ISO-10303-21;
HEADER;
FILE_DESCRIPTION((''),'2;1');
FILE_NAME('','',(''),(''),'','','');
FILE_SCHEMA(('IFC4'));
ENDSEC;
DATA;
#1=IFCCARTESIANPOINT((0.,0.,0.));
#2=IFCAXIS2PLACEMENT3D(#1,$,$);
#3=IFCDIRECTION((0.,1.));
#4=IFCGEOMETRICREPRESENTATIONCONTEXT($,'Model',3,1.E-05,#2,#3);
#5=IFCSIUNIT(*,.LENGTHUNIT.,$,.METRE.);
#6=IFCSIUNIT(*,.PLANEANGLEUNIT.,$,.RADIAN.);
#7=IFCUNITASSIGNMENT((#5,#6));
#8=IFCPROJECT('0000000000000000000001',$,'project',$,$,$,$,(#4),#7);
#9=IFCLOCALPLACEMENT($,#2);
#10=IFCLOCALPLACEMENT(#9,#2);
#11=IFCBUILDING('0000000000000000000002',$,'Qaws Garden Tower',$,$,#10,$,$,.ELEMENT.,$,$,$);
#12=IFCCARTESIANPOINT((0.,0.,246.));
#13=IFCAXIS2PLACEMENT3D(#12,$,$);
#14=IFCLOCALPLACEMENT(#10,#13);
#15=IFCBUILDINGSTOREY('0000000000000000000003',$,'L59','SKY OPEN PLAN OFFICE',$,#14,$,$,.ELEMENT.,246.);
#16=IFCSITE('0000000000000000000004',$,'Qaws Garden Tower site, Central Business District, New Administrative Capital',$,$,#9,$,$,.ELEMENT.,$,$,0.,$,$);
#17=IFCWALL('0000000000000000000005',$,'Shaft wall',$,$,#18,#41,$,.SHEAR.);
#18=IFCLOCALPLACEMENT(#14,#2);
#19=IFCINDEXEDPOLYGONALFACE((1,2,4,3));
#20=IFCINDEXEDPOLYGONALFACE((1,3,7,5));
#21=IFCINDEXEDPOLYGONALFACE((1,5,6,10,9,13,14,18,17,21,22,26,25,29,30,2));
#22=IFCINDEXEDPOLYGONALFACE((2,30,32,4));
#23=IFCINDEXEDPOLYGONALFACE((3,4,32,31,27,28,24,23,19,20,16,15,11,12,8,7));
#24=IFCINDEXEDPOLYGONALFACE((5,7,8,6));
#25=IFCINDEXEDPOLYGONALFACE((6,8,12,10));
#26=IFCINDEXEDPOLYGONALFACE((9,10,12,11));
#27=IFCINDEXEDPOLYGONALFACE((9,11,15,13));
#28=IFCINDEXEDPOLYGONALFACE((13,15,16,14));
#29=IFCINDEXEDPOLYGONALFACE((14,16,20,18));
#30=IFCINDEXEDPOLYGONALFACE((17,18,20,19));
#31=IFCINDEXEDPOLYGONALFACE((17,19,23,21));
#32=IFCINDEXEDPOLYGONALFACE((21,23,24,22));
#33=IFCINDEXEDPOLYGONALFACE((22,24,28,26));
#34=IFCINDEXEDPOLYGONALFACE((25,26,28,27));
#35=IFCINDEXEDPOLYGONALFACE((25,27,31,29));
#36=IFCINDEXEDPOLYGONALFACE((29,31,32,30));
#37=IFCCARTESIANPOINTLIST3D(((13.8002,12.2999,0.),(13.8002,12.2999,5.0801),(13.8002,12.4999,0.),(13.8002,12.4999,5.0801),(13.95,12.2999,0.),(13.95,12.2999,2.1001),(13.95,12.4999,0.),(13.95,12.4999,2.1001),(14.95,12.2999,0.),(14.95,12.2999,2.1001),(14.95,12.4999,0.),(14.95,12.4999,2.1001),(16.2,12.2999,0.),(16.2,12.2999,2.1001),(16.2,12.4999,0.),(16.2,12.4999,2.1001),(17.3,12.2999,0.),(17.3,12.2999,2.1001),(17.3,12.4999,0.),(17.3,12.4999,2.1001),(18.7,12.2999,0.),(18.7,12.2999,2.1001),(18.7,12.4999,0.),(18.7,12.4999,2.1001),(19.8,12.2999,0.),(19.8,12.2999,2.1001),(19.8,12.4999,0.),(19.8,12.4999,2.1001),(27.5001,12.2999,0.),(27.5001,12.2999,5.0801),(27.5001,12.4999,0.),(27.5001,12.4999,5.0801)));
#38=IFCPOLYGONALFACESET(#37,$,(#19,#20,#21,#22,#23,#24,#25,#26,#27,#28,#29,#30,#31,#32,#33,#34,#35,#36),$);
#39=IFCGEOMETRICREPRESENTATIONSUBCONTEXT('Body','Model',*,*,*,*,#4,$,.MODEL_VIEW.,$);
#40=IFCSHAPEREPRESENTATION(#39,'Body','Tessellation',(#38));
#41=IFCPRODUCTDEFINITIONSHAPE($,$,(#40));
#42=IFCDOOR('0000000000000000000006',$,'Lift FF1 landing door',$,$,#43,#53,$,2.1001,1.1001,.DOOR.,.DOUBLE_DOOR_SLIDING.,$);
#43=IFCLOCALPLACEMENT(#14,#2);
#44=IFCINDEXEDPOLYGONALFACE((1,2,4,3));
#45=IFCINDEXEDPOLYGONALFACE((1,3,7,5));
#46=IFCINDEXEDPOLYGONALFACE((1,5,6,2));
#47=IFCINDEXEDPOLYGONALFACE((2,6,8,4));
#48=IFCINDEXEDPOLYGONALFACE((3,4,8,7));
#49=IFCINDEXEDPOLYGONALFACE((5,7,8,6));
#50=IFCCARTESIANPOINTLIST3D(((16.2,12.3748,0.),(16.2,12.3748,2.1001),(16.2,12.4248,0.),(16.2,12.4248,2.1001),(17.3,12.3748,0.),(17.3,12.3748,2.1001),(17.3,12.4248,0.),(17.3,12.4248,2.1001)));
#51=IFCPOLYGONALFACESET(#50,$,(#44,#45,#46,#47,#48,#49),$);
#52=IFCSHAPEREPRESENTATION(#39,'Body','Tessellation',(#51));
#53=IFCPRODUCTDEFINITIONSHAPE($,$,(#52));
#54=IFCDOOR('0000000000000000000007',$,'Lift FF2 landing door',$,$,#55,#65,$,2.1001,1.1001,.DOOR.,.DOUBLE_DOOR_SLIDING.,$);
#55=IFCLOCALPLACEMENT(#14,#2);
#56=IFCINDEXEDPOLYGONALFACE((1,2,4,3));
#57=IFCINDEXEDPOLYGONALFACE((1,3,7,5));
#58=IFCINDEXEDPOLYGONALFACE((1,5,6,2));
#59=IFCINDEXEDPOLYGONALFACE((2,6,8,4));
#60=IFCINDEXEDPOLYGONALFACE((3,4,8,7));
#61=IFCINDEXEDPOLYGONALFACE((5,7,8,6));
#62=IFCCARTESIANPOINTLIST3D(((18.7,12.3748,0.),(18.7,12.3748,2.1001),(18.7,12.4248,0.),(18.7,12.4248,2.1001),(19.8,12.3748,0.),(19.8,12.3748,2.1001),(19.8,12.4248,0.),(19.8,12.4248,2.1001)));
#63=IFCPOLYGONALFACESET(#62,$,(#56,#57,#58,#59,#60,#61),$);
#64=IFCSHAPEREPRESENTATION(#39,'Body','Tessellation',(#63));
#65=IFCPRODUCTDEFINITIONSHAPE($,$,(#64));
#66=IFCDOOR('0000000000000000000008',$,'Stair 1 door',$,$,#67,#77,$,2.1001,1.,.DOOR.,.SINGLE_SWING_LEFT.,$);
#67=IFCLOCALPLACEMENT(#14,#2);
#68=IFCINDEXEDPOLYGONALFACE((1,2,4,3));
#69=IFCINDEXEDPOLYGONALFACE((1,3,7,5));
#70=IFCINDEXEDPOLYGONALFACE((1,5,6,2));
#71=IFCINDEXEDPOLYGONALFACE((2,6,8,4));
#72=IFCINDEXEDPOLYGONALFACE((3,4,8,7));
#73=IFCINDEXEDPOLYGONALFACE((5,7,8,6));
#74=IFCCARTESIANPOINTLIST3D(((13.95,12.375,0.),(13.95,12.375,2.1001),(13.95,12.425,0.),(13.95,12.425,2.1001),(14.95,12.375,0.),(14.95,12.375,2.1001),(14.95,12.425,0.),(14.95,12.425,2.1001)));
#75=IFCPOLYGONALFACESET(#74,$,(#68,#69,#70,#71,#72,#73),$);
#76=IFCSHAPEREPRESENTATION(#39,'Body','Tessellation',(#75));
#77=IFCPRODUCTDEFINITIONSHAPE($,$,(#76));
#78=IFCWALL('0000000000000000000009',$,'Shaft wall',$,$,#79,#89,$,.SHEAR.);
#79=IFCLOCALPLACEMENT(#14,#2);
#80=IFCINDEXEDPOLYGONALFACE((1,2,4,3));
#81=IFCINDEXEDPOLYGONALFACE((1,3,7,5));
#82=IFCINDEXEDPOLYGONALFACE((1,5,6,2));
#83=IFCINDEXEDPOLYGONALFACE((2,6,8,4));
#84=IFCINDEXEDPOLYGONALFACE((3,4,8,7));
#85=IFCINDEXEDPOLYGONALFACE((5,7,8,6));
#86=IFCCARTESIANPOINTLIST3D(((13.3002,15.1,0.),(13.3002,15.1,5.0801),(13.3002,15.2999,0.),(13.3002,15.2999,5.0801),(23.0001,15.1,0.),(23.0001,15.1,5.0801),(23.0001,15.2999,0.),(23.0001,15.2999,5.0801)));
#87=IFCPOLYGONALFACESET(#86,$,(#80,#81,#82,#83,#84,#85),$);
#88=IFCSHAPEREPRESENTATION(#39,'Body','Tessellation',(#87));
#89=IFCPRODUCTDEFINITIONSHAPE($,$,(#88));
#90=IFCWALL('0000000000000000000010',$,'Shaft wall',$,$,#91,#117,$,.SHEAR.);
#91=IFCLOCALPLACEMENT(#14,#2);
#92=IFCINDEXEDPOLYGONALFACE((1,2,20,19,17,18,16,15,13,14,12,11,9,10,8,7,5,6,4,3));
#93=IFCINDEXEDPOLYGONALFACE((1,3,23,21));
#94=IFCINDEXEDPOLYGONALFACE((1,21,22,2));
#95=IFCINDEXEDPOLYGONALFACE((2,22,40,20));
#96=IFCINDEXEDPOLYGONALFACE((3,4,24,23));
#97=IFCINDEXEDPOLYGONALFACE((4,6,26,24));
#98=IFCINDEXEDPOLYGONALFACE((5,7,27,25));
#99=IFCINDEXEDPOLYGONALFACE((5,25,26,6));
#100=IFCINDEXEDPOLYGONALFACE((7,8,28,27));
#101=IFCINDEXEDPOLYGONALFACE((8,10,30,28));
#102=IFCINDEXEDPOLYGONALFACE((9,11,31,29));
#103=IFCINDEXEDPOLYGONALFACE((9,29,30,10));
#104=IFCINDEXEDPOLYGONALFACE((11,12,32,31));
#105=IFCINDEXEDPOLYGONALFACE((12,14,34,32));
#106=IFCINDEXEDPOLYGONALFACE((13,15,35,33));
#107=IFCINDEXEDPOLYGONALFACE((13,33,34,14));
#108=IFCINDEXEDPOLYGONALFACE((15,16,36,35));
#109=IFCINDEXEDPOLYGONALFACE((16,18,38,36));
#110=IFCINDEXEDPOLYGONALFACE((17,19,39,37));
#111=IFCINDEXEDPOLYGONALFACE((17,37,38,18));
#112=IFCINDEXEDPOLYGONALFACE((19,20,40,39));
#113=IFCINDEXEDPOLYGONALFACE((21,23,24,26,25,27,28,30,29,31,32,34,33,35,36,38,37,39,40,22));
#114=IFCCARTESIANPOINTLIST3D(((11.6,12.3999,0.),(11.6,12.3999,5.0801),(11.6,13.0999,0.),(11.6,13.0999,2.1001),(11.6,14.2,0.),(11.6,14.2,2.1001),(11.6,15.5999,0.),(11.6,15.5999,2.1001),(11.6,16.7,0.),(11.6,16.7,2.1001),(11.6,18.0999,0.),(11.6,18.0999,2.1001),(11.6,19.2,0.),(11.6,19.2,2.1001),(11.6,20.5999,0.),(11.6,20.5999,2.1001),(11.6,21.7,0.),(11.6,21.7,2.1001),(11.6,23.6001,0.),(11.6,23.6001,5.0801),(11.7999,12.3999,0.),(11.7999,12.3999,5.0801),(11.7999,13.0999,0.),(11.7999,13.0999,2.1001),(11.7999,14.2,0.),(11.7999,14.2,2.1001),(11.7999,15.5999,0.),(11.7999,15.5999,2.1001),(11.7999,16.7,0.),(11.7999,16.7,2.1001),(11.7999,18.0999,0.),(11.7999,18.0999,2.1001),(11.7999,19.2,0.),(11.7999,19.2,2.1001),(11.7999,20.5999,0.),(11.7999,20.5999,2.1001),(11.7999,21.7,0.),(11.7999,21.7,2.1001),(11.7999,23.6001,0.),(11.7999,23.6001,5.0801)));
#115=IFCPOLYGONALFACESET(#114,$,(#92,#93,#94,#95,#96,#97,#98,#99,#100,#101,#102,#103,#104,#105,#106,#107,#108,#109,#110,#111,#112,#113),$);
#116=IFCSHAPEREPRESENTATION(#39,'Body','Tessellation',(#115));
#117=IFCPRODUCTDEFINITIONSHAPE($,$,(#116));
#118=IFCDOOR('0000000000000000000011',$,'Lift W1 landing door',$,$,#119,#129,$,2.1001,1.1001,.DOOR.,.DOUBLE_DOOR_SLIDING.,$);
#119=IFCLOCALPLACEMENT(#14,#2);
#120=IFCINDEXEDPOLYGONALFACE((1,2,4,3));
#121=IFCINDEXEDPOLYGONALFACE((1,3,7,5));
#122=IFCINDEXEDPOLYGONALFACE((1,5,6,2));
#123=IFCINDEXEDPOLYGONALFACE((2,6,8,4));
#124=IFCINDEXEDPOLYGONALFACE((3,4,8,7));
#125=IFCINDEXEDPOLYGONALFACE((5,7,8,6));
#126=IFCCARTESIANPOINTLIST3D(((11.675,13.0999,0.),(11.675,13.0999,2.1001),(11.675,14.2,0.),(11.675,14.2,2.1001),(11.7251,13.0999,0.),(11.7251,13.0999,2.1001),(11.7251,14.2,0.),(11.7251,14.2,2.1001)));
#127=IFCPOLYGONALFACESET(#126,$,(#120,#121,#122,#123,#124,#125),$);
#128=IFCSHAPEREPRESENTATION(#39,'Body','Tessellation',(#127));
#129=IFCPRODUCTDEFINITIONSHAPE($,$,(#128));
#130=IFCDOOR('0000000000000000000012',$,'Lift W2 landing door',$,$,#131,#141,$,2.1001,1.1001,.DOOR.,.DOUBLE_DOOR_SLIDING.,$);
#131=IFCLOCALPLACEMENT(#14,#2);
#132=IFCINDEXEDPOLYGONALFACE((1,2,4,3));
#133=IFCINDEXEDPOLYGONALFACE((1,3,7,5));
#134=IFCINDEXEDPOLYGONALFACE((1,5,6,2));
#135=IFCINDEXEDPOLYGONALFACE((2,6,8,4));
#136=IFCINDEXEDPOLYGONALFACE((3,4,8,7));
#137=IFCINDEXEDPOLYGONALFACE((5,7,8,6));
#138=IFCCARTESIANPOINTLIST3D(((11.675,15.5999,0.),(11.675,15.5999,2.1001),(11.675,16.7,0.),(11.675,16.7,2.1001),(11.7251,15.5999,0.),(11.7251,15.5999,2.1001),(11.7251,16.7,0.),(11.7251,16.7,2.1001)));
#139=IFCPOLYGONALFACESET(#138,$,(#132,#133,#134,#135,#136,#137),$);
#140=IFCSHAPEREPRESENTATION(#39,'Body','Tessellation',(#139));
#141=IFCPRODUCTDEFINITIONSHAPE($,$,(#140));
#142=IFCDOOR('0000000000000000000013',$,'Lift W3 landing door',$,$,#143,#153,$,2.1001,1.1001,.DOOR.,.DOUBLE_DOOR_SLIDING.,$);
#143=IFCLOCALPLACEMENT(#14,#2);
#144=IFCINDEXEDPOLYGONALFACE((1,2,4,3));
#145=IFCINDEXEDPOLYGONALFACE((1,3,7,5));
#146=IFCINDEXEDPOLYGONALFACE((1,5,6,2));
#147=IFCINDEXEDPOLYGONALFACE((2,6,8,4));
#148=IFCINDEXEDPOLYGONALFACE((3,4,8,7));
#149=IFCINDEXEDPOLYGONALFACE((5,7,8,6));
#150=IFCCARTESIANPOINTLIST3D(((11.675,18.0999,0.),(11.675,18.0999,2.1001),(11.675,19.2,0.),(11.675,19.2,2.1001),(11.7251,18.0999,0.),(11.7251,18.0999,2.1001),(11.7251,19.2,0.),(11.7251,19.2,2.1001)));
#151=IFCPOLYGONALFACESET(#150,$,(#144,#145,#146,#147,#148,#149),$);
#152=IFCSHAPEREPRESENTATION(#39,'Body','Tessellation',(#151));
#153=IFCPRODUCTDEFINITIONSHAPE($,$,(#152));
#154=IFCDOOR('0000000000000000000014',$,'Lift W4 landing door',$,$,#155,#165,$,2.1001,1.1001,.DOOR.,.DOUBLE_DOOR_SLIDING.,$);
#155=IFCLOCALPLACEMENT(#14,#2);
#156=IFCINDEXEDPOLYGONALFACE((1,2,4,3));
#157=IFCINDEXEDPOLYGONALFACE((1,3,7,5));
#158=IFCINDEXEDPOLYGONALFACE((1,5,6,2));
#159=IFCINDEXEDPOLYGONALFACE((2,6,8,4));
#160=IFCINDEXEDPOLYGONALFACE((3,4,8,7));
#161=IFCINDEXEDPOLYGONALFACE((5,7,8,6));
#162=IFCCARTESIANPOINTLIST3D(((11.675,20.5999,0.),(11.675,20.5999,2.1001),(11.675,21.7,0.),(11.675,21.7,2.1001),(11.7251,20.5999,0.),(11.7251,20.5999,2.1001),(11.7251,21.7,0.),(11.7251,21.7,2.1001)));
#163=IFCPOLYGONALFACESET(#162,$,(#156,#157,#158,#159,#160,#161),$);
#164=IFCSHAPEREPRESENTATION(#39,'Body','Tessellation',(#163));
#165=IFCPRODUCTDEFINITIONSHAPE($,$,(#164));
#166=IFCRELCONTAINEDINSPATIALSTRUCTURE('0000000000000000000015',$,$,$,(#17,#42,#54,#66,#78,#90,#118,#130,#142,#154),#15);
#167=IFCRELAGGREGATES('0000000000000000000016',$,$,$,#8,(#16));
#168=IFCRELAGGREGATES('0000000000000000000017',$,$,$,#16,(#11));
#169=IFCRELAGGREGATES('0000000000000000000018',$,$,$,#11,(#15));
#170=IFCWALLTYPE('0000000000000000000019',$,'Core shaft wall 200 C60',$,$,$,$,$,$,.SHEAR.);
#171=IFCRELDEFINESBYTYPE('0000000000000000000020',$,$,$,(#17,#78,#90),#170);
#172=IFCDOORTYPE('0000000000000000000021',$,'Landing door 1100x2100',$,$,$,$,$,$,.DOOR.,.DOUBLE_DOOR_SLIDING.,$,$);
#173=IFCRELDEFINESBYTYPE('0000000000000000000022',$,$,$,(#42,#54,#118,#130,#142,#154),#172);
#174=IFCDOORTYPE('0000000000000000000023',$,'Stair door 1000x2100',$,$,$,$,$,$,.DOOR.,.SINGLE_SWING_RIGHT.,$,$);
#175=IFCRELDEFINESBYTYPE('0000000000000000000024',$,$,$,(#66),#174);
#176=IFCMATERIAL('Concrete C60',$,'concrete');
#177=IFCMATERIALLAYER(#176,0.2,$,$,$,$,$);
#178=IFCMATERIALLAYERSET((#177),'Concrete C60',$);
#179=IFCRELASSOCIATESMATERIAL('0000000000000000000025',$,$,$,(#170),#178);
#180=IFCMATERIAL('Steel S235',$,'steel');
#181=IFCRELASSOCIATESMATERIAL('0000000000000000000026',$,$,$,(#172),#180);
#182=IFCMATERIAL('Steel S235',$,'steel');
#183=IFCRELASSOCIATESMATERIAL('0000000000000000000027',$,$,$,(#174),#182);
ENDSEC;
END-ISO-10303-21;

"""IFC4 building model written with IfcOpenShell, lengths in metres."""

from ifc_helpers import new_model, si_unit, direction, frame, frame_2d, origin, place, context, subcontext, project, spatial, rectangle, extrude, material, layer, layer_set, type_object, element, fill, save


model = new_model("IFC4")

# Units and contexts
model_context = context("Model", 3, precision=1e-05, world=origin(), true_north=direction((0.0, 1.0)))
body_context = subcontext(model_context, "Body", "Model", "MODEL_VIEW")
ifc_project = project(units=[si_unit("LENGTHUNIT", "METRE"), si_unit("PLANEANGLEUNIT", "RADIAN")], contexts=[model_context])

# Site, building, storey
site_placement = place(None, origin())
site = spatial("IfcSite", under=ifc_project, at=site_placement, Name="Qaws Garden Tower site, Central Business District, New Administrative Capital", CompositionType="ELEMENT", RefElevation=0.0)
building_placement = place(site_placement, origin())
building = spatial("IfcBuilding", under=site, at=building_placement, Name="Qaws Garden Tower", CompositionType="ELEMENT")
storey_placement = place(building_placement, frame((0.0, 0.0, 246.0)))
storey = spatial("IfcBuildingStorey", under=building, at=storey_placement, Name="L59", Description="SKY OPEN PLAN OFFICE", CompositionType="ELEMENT", Elevation=246.0)

# Wall, openings, doors
ifc_material_1 = material(Name="Concrete C60", Category="concrete")
ifc_layer = layer(ifc_material_1, 0.2)
ifc_layer_set = layer_set([ifc_layer], Name="Concrete C60")
wall_type = type_object("IfcWallType", Name="Core shaft wall 200 C60", PredefinedType="SHEAR", material=ifc_layer_set)
wall_1_placement = place(storey_placement, frame((13.8, 12.3999, 0.0), z_axis=(0.0, 0.0, 1.0), x_axis=(1.0, 0.0, 0.0)))
wall_1 = element("IfcWall", 1, at=wall_1_placement, inside=storey, type_object=wall_type, Name="Shaft wall", PredefinedType="SHEAR", context=body_context, shape_type="SweptSolid", body=[
    extrude(rectangle(XDim=13.7, YDim=0.2, at=frame_2d((6.8501, 0.0))), origin(), (0.0, 0.0, 1.0), 5.0801),
])
opening_1_placement = place(wall_1_placement, frame((2.3999, 0.0, 0.0)))
opening_1 = element("IfcOpeningElement", 2, at=opening_1_placement, cuts=wall_1, PredefinedType="OPENING", context=body_context, shape_type="SweptSolid", body=[
    extrude(rectangle(XDim=1.1001, YDim=2.1001, at=frame_2d((0.55, 1.05))), frame((0.0, 0.1099, 0.0), z_axis=(0.0, -1.0, 0.0), x_axis=(1.0, 0.0, 0.0)), (0.0, 0.0, 1.0), 0.22),
])
opening_2_placement = place(wall_1_placement, frame((4.8999, 0.0, 0.0)))
opening_2 = element("IfcOpeningElement", 3, at=opening_2_placement, cuts=wall_1, PredefinedType="OPENING", context=body_context, shape_type="SweptSolid", body=[
    extrude(rectangle(XDim=1.1001, YDim=2.1001, at=frame_2d((0.55, 1.05))), frame((0.0, 0.1099, 0.0), z_axis=(0.0, -1.0, 0.0), x_axis=(1.0, 0.0, 0.0)), (0.0, 0.0, 1.0), 0.22),
])
opening_3_placement = place(wall_1_placement, frame((0.1499, 0.0, 0.0)))
opening_3 = element("IfcOpeningElement", 4, at=opening_3_placement, cuts=wall_1, PredefinedType="OPENING", context=body_context, shape_type="SweptSolid", body=[
    extrude(rectangle(XDim=1.0, YDim=2.1001, at=frame_2d((0.5, 1.05))), frame((0.0, 0.1099, 0.0), z_axis=(0.0, -1.0, 0.0), x_axis=(1.0, 0.0, 0.0)), (0.0, 0.0, 1.0), 0.22),
])
ifc_material_2 = material(Name="Steel S235", Category="steel")
door_type_1 = type_object("IfcDoorType", Name="Landing door 1100x2100", OperationType="DOUBLE_DOOR_SLIDING", PredefinedType="DOOR", material=ifc_material_2)
door_1_placement = place(opening_1_placement, origin())
door_1 = element("IfcDoor", 5, at=door_1_placement, inside=storey, type_object=door_type_1, Name="Lift FF1 landing door", OperationType="DOUBLE_DOOR_SLIDING", OverallHeight=2.1001, OverallWidth=1.1001, PredefinedType="DOOR", context=body_context, shape_type="SweptSolid", body=[
    extrude(rectangle(XDim=1.1001, YDim=2.1001, at=frame_2d((0.55, 1.05))), frame((0.0, 0.0249, 0.0), z_axis=(0.0, -1.0, 0.0), x_axis=(1.0, 0.0, 0.0)), (0.0, 0.0, 1.0), 0.05),
])
fill(opening_1, door_1)
door_2_placement = place(opening_2_placement, origin())
door_2 = element("IfcDoor", 6, at=door_2_placement, inside=storey, type_object=door_type_1, Name="Lift FF2 landing door", OperationType="DOUBLE_DOOR_SLIDING", OverallHeight=2.1001, OverallWidth=1.1001, PredefinedType="DOOR", context=body_context, shape_type="SweptSolid", body=[
    extrude(rectangle(XDim=1.1001, YDim=2.1001, at=frame_2d((0.55, 1.05))), frame((0.0, 0.0249, 0.0), z_axis=(0.0, -1.0, 0.0), x_axis=(1.0, 0.0, 0.0)), (0.0, 0.0, 1.0), 0.05),
])
fill(opening_2, door_2)
ifc_material_3 = material(Name="Steel S235", Category="steel")
door_type_2 = type_object("IfcDoorType", Name="Stair door 1000x2100", OperationType="SINGLE_SWING_RIGHT", PredefinedType="DOOR", material=ifc_material_3)
door_3_placement = place(opening_3_placement, frame((1.0, 0.0, 0.0), z_axis=(0.0, 0.0, 1.0), x_axis=(-1.0, 0.0, 0.0)))
door_3 = element("IfcDoor", 7, at=door_3_placement, inside=storey, type_object=door_type_2, Name="Stair 1 door", OperationType="SINGLE_SWING_LEFT", OverallHeight=2.1001, OverallWidth=1.0, PredefinedType="DOOR", context=body_context, shape_type="SweptSolid", body=[
    extrude(rectangle(XDim=1.0, YDim=2.1001, at=frame_2d((0.5, 1.05))), frame((0.0, 0.0249, 0.0), z_axis=(0.0, -1.0, 0.0), x_axis=(1.0, 0.0, 0.0)), (0.0, 0.0, 1.0), 0.05),
])
fill(opening_3, door_3)

# Wall
wall_2_placement = place(storey_placement, frame((13.3, 15.2, 0.0), z_axis=(0.0, 0.0, 1.0), x_axis=(1.0, 0.0, 0.0)))
element("IfcWall", 8, at=wall_2_placement, inside=storey, type_object=wall_type, Name="Shaft wall", PredefinedType="SHEAR", context=body_context, shape_type="SweptSolid", body=[
    extrude(rectangle(XDim=9.7, YDim=0.2, at=frame_2d((4.8501, 0.0))), origin(), (0.0, 0.0, 1.0), 5.0801),
])

# Wall, openings, doors
wall_3_placement = place(storey_placement, frame((11.7, 12.3999, 0.0), z_axis=(0.0, 0.0, 1.0), x_axis=(0.0, 1.0, 0.0)))
wall_3 = element("IfcWall", 9, at=wall_3_placement, inside=storey, type_object=wall_type, Name="Shaft wall", PredefinedType="SHEAR", context=body_context, shape_type="SweptSolid", body=[
    extrude(rectangle(XDim=11.2002, YDim=0.2, at=frame_2d((5.6001, 0.0))), origin(), (0.0, 0.0, 1.0), 5.0801),
])
opening_4_placement = place(wall_3_placement, frame((0.7, 0.0, 0.0)))
opening_4 = element("IfcOpeningElement", 10, at=opening_4_placement, cuts=wall_3, PredefinedType="OPENING", context=body_context, shape_type="SweptSolid", body=[
    extrude(rectangle(XDim=1.1001, YDim=2.1001, at=frame_2d((0.55, 1.05))), frame((0.0, 0.1099, 0.0), z_axis=(0.0, -1.0, 0.0), x_axis=(1.0, 0.0, 0.0)), (0.0, 0.0, 1.0), 0.22),
])
opening_5_placement = place(wall_3_placement, frame((3.2, 0.0, 0.0)))
opening_5 = element("IfcOpeningElement", 11, at=opening_5_placement, cuts=wall_3, PredefinedType="OPENING", context=body_context, shape_type="SweptSolid", body=[
    extrude(rectangle(XDim=1.1001, YDim=2.1001, at=frame_2d((0.55, 1.05))), frame((0.0, 0.1099, 0.0), z_axis=(0.0, -1.0, 0.0), x_axis=(1.0, 0.0, 0.0)), (0.0, 0.0, 1.0), 0.22),
])
opening_6_placement = place(wall_3_placement, frame((5.7, 0.0, 0.0)))
opening_6 = element("IfcOpeningElement", 12, at=opening_6_placement, cuts=wall_3, PredefinedType="OPENING", context=body_context, shape_type="SweptSolid", body=[
    extrude(rectangle(XDim=1.1001, YDim=2.1001, at=frame_2d((0.55, 1.05))), frame((0.0, 0.1099, 0.0), z_axis=(0.0, -1.0, 0.0), x_axis=(1.0, 0.0, 0.0)), (0.0, 0.0, 1.0), 0.22),
])
opening_7_placement = place(wall_3_placement, frame((8.2, 0.0, 0.0)))
opening_7 = element("IfcOpeningElement", 13, at=opening_7_placement, cuts=wall_3, PredefinedType="OPENING", context=body_context, shape_type="SweptSolid", body=[
    extrude(rectangle(XDim=1.1001, YDim=2.1001, at=frame_2d((0.55, 1.05))), frame((0.0, 0.1099, 0.0), z_axis=(0.0, -1.0, 0.0), x_axis=(1.0, 0.0, 0.0)), (0.0, 0.0, 1.0), 0.22),
])
door_4_placement = place(opening_4_placement, origin())
door_4 = element("IfcDoor", 14, at=door_4_placement, inside=storey, type_object=door_type_1, Name="Lift W1 landing door", OperationType="DOUBLE_DOOR_SLIDING", OverallHeight=2.1001, OverallWidth=1.1001, PredefinedType="DOOR", context=body_context, shape_type="SweptSolid", body=[
    extrude(rectangle(XDim=1.1001, YDim=2.1001, at=frame_2d((0.55, 1.05))), frame((0.0, 0.0249, 0.0), z_axis=(0.0, -1.0, 0.0), x_axis=(1.0, 0.0, 0.0)), (0.0, 0.0, 1.0), 0.05),
])
fill(opening_4, door_4)
door_5_placement = place(opening_5_placement, origin())
door_5 = element("IfcDoor", 15, at=door_5_placement, inside=storey, type_object=door_type_1, Name="Lift W2 landing door", OperationType="DOUBLE_DOOR_SLIDING", OverallHeight=2.1001, OverallWidth=1.1001, PredefinedType="DOOR", context=body_context, shape_type="SweptSolid", body=[
    extrude(rectangle(XDim=1.1001, YDim=2.1001, at=frame_2d((0.55, 1.05))), frame((0.0, 0.0249, 0.0), z_axis=(0.0, -1.0, 0.0), x_axis=(1.0, 0.0, 0.0)), (0.0, 0.0, 1.0), 0.05),
])
fill(opening_5, door_5)
door_6_placement = place(opening_6_placement, origin())
door_6 = element("IfcDoor", 16, at=door_6_placement, inside=storey, type_object=door_type_1, Name="Lift W3 landing door", OperationType="DOUBLE_DOOR_SLIDING", OverallHeight=2.1001, OverallWidth=1.1001, PredefinedType="DOOR", context=body_context, shape_type="SweptSolid", body=[
    extrude(rectangle(XDim=1.1001, YDim=2.1001, at=frame_2d((0.55, 1.05))), frame((0.0, 0.0249, 0.0), z_axis=(0.0, -1.0, 0.0), x_axis=(1.0, 0.0, 0.0)), (0.0, 0.0, 1.0), 0.05),
])
fill(opening_6, door_6)
door_7_placement = place(opening_7_placement, origin())
door_7 = element("IfcDoor", 17, at=door_7_placement, inside=storey, type_object=door_type_1, Name="Lift W4 landing door", OperationType="DOUBLE_DOOR_SLIDING", OverallHeight=2.1001, OverallWidth=1.1001, PredefinedType="DOOR", context=body_context, shape_type="SweptSolid", body=[
    extrude(rectangle(XDim=1.1001, YDim=2.1001, at=frame_2d((0.55, 1.05))), frame((0.0, 0.0249, 0.0), z_axis=(0.0, -1.0, 0.0), x_axis=(1.0, 0.0, 0.0)), (0.0, 0.0, 1.0), 0.05),
])
fill(opening_7, door_7)

save(model, "model.ifc")
